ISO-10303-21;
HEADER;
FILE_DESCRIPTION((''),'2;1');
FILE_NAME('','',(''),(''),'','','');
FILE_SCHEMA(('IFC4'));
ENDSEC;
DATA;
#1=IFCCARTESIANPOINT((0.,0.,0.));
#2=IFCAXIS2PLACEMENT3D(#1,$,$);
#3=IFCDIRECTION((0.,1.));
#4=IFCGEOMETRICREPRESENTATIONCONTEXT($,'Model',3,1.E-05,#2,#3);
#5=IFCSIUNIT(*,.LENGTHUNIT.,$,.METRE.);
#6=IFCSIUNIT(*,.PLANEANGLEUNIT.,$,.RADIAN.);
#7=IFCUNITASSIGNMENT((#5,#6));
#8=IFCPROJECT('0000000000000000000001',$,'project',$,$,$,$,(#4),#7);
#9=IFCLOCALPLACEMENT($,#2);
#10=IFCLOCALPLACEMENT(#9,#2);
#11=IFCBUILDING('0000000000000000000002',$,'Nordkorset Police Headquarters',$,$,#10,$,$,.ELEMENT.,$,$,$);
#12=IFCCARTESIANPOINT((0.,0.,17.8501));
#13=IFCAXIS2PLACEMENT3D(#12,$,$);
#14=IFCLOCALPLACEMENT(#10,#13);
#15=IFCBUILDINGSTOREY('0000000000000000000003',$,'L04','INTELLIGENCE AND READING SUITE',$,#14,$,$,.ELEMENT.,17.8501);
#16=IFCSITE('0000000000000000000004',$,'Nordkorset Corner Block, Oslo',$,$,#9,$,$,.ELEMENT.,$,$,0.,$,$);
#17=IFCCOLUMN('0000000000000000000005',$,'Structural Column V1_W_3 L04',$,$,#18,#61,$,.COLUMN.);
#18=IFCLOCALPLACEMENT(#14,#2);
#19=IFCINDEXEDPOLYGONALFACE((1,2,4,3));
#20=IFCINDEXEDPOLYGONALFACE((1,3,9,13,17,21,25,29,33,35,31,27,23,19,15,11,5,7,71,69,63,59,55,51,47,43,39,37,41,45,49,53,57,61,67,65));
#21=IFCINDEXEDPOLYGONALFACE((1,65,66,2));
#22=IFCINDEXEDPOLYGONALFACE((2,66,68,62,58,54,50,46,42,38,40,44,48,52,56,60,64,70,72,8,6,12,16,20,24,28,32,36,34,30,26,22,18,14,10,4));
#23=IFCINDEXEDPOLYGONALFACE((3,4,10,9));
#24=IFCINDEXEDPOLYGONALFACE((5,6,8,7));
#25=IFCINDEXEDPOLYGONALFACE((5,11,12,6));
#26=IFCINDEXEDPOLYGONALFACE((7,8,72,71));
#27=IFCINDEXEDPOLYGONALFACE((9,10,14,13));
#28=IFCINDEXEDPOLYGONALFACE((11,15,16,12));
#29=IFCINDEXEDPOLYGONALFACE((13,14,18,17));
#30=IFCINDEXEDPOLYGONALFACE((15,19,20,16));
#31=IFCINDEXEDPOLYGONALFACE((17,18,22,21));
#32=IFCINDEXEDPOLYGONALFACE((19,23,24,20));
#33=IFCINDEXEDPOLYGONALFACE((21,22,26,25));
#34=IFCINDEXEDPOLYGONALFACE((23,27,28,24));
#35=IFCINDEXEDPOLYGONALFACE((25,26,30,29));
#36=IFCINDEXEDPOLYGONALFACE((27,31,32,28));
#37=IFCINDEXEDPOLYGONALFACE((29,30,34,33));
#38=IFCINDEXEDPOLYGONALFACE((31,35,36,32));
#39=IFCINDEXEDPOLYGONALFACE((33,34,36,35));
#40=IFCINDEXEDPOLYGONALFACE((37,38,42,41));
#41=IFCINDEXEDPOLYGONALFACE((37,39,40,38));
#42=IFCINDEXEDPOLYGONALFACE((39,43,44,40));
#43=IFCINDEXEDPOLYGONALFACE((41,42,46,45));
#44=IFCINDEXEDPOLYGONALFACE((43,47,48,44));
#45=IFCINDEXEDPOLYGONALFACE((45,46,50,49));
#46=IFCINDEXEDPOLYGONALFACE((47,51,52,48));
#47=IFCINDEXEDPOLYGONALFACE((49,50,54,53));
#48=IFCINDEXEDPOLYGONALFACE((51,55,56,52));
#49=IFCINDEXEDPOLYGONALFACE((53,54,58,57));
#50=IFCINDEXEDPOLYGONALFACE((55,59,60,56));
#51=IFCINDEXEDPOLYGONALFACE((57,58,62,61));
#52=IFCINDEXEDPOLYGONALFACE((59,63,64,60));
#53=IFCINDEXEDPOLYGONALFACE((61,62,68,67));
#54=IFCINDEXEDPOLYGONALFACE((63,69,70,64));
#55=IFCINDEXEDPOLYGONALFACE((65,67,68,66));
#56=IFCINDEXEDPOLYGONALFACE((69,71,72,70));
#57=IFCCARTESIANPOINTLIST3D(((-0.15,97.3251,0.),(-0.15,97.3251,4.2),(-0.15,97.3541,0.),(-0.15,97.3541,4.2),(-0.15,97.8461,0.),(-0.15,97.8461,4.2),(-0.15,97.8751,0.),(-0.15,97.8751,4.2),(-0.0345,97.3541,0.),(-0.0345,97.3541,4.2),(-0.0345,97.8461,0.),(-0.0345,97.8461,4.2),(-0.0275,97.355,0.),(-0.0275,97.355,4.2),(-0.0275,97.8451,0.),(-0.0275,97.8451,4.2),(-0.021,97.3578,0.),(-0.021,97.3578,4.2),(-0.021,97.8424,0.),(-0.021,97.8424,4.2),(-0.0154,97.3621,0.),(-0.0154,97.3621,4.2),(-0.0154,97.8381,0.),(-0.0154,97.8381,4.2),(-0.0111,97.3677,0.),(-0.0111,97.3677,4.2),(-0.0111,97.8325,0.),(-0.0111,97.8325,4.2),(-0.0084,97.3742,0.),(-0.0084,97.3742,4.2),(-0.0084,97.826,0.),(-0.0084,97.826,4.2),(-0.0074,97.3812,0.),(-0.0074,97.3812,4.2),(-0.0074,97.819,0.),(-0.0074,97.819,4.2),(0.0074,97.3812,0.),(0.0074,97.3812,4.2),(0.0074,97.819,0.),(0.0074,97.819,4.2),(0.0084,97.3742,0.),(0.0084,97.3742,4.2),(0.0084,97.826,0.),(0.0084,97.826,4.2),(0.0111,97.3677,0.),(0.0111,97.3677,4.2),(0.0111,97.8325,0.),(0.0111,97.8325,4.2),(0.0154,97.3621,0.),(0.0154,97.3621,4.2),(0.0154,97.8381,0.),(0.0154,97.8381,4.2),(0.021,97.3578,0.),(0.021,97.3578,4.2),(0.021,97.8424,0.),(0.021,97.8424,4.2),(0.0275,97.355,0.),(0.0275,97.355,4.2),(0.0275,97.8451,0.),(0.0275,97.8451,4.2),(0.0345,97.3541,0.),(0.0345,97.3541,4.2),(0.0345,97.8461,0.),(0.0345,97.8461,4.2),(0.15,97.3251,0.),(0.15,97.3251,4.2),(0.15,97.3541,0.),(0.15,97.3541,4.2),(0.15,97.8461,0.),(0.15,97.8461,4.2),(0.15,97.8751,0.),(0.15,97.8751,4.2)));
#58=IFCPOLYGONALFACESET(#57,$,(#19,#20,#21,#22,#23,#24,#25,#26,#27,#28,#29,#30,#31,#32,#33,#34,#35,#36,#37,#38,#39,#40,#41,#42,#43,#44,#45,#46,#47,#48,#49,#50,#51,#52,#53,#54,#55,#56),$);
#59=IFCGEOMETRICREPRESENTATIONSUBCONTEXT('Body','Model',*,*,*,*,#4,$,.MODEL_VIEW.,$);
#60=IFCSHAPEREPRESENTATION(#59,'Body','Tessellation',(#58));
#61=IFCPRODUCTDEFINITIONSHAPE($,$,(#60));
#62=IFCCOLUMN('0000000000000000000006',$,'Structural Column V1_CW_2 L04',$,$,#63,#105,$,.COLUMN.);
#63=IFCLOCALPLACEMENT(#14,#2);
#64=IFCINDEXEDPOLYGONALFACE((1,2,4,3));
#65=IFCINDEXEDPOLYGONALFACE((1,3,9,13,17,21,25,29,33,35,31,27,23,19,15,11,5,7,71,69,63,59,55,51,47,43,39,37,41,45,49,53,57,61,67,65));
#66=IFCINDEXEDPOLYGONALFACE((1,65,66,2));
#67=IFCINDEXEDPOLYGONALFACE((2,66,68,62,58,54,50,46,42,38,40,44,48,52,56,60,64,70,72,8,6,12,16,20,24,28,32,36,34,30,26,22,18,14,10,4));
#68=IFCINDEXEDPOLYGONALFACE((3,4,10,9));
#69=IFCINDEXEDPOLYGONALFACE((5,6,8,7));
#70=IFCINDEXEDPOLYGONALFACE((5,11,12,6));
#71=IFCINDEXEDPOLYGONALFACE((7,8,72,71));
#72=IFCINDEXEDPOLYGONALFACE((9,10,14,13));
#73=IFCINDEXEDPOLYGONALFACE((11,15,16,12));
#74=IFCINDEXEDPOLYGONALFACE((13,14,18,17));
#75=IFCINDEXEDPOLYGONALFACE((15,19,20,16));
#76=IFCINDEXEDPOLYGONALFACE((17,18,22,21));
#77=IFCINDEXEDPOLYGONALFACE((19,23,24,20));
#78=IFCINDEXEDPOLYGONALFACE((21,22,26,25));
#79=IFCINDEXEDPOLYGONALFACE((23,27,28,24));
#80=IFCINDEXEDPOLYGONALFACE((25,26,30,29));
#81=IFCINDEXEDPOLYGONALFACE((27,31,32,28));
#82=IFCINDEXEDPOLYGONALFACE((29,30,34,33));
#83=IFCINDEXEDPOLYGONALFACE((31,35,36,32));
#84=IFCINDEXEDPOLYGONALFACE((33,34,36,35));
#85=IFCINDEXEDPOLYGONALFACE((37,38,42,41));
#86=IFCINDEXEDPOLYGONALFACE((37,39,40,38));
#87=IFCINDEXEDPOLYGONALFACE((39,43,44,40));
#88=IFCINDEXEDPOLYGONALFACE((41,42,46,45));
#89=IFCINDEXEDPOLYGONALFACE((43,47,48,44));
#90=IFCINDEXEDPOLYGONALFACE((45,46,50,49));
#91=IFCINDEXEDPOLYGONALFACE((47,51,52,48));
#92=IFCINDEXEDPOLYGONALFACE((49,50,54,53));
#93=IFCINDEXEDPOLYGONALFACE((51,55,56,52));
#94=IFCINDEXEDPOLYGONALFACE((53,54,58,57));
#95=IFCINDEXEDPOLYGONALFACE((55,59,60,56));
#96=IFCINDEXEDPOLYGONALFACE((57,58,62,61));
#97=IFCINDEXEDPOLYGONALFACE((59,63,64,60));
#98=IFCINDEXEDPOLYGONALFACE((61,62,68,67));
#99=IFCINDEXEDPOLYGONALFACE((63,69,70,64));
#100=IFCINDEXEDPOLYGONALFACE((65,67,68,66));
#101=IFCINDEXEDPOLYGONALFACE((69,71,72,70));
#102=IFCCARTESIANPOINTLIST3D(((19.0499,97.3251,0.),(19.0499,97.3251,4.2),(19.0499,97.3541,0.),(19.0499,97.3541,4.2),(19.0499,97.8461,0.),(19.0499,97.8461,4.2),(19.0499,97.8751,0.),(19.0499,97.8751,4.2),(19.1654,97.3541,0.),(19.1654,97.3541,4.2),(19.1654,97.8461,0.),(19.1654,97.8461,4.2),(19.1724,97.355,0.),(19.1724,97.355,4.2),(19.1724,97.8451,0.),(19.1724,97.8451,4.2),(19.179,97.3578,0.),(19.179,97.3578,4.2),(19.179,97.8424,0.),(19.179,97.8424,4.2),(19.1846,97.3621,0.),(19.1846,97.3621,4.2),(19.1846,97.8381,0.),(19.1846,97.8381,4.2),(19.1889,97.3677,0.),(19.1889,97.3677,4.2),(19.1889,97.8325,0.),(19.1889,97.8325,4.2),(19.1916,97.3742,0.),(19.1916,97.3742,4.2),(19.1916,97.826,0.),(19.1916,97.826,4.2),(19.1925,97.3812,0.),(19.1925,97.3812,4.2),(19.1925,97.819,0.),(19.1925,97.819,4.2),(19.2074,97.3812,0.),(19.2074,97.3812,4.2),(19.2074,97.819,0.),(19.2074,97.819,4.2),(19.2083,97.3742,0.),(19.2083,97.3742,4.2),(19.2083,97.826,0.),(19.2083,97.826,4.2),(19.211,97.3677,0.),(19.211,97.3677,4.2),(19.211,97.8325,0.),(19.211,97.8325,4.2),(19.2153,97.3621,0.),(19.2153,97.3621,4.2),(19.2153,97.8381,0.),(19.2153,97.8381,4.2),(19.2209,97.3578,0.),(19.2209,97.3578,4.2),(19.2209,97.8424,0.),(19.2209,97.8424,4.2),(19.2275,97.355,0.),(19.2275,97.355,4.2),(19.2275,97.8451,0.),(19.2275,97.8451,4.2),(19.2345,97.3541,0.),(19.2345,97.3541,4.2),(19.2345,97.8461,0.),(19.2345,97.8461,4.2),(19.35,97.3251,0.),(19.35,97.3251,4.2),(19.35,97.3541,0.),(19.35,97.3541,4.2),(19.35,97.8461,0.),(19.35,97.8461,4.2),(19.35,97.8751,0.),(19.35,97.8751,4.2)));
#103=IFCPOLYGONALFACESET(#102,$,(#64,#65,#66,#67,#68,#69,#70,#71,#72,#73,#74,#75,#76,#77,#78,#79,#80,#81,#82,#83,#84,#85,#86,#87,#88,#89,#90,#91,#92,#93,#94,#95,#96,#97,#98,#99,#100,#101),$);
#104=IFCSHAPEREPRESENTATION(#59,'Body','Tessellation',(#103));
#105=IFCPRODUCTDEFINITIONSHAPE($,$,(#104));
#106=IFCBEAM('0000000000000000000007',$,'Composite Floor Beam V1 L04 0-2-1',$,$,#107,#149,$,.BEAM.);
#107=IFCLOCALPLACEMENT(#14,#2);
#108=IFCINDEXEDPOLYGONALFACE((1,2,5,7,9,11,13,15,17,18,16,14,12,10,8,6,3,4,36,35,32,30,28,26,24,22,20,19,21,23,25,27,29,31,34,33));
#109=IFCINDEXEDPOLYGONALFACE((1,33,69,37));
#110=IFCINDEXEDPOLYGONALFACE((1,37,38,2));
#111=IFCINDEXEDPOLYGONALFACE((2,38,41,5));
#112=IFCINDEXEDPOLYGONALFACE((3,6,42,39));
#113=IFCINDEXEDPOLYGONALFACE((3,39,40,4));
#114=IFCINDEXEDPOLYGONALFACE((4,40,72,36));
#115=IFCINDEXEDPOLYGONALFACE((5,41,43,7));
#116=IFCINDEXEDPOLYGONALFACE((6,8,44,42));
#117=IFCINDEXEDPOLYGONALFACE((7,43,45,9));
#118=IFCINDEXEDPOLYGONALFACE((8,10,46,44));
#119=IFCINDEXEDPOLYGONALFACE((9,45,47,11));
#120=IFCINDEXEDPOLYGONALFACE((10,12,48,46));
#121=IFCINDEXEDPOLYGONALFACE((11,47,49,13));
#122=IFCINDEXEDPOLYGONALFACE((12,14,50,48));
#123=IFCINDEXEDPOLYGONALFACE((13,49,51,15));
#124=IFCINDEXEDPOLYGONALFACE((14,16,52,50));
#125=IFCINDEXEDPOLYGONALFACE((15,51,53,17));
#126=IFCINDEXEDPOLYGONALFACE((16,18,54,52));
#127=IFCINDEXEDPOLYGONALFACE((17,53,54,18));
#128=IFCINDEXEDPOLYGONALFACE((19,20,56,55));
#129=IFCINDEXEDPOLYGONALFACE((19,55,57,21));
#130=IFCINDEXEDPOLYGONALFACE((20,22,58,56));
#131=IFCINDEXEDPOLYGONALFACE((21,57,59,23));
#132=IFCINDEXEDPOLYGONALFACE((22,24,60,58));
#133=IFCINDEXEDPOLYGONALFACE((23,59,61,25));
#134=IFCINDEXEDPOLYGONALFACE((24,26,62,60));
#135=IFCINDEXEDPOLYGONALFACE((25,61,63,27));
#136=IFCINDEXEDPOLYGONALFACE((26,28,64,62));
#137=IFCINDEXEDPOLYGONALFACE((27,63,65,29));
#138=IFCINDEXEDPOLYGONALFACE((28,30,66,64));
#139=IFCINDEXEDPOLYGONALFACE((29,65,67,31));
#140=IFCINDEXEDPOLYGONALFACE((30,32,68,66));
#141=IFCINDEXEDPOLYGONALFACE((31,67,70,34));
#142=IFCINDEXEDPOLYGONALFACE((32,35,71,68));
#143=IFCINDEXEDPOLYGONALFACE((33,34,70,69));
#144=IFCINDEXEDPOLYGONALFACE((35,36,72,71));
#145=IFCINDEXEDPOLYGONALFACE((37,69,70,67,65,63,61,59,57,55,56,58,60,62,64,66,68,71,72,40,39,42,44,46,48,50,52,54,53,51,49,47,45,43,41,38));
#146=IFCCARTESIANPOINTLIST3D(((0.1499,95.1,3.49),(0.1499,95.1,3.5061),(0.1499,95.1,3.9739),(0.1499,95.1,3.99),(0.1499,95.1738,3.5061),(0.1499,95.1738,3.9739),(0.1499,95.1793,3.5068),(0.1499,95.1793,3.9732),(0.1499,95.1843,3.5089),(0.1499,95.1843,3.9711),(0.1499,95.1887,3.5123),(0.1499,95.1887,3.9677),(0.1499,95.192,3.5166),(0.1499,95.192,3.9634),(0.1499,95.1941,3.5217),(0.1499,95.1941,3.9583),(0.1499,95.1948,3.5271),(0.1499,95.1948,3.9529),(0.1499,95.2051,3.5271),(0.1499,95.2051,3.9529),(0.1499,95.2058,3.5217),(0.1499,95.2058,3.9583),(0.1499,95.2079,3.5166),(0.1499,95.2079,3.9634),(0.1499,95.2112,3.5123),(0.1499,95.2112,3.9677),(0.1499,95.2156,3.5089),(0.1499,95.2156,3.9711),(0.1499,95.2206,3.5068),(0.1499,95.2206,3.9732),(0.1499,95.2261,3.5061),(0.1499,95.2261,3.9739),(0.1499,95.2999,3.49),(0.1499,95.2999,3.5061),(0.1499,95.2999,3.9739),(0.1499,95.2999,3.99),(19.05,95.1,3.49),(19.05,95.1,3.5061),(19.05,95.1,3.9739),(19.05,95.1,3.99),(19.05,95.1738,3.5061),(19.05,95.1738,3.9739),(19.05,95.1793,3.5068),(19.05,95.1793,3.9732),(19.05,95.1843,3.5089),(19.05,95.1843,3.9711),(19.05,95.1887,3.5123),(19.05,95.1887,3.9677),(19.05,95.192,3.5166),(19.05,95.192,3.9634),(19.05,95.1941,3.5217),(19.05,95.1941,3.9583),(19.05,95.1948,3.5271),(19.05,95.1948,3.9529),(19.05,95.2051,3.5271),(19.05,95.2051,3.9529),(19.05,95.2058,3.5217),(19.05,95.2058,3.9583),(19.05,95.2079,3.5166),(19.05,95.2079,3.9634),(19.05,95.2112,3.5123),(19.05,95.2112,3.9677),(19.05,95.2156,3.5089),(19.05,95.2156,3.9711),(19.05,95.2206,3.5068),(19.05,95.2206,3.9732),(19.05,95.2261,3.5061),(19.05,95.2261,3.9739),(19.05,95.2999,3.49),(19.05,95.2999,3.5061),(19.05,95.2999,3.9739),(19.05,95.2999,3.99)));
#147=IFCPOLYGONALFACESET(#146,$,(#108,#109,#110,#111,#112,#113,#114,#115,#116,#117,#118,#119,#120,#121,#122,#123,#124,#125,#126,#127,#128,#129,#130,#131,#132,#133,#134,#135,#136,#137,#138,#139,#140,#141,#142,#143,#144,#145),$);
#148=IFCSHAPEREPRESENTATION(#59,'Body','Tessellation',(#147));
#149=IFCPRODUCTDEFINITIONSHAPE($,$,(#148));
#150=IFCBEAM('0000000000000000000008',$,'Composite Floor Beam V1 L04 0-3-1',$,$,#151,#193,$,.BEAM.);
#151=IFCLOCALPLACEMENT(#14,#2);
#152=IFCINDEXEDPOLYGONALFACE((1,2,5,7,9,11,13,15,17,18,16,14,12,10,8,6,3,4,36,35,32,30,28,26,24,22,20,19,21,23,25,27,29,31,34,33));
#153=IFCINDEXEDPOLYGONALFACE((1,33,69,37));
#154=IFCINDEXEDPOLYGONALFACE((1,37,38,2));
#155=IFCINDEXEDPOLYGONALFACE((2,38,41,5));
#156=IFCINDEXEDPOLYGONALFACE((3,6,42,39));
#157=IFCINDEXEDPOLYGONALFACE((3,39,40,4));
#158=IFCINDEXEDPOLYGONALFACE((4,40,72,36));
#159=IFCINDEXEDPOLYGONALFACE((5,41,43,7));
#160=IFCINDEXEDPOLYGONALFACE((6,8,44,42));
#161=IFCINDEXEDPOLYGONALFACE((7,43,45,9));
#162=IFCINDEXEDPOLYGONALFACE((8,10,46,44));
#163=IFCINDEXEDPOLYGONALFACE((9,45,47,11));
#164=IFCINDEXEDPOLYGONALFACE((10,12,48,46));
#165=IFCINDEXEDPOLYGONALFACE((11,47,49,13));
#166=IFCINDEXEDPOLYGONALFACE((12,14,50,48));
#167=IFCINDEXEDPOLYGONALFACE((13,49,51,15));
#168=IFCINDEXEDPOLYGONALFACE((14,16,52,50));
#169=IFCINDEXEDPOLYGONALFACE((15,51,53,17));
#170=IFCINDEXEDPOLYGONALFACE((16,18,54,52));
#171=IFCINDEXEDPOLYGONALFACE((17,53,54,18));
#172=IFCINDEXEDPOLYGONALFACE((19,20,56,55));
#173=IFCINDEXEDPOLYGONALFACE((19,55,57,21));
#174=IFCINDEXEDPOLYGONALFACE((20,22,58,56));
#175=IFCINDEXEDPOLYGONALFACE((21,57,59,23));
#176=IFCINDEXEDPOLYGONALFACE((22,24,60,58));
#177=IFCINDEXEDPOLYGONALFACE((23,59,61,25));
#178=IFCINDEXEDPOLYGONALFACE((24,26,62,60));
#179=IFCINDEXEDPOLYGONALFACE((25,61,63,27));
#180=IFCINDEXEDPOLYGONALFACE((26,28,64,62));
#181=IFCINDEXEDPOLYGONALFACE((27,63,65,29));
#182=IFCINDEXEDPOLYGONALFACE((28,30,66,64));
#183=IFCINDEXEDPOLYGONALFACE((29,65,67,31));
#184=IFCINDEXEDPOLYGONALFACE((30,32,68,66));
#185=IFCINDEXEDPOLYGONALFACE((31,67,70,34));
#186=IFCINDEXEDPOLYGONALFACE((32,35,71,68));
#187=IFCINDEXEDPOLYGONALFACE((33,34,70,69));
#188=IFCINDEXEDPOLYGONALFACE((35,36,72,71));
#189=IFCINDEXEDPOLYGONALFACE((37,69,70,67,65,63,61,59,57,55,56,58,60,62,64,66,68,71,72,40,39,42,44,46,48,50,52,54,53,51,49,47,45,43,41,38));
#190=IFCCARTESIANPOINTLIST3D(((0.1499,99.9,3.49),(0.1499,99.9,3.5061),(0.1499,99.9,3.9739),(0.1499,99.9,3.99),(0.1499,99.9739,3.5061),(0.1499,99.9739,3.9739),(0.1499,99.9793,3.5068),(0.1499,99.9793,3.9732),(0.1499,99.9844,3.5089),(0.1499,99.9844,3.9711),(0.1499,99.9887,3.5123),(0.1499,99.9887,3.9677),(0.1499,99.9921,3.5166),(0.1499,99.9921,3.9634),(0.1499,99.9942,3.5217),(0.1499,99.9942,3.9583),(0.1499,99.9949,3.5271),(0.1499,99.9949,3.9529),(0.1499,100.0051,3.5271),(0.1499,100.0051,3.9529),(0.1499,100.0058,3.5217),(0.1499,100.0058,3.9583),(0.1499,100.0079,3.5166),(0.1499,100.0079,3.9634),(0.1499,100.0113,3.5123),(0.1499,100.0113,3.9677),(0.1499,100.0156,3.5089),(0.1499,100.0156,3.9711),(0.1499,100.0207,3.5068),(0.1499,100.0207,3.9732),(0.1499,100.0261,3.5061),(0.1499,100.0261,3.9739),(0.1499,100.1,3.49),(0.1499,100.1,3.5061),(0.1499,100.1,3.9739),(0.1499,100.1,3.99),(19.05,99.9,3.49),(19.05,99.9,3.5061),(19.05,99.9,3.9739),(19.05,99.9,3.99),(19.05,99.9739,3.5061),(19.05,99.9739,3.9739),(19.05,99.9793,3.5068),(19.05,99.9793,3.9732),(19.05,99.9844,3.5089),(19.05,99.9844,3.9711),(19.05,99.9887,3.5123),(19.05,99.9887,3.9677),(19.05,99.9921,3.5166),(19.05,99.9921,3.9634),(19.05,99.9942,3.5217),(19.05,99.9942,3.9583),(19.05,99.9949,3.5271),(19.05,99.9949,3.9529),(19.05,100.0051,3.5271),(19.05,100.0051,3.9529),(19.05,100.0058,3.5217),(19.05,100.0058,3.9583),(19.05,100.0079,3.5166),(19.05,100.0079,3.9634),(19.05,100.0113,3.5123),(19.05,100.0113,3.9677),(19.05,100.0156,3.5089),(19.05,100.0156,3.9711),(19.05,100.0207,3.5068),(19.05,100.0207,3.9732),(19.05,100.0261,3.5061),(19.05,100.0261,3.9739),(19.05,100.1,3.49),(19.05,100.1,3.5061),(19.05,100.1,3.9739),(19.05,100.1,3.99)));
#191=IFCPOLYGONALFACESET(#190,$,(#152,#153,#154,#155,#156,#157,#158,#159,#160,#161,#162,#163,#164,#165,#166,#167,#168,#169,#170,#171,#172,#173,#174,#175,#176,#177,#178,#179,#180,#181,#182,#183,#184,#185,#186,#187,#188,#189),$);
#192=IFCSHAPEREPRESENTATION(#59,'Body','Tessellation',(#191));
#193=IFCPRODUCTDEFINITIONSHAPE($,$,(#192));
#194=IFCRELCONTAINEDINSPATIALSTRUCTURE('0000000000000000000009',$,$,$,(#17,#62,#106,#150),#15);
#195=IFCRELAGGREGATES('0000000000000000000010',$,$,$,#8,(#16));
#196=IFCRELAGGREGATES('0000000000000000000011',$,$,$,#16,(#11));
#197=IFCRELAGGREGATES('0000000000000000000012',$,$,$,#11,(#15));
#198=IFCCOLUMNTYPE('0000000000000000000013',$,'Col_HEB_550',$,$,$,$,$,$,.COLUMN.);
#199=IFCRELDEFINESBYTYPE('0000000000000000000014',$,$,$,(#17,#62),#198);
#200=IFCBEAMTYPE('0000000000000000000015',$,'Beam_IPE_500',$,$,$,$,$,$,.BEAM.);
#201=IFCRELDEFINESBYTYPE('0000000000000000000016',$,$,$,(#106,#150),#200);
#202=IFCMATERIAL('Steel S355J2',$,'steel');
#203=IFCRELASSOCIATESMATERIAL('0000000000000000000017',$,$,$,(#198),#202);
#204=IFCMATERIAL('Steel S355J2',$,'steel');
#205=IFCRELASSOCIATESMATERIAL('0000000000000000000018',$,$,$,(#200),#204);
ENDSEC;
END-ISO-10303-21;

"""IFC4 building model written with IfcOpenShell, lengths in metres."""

from ifc_helpers import new_model, si_unit, direction, frame, origin, origin_2d, place, context, subcontext, project, spatial, i_section, extrude, material, material_profile, profile_set, type_object, element, save


model = new_model("IFC4")

# Units and contexts
model_context = context("Model", 3, precision=1e-05, world=origin(), true_north=direction((0.0, 1.0)))
body_context = subcontext(model_context, "Body", "Model", "MODEL_VIEW")
ifc_project = project(units=[si_unit("LENGTHUNIT", "METRE"), si_unit("PLANEANGLEUNIT", "RADIAN")], contexts=[model_context])

# Site, building, storey
site_placement = place(None, origin())
site = spatial("IfcSite", under=ifc_project, at=site_placement, Name="Nordkorset Corner Block, Oslo", CompositionType="ELEMENT", RefElevation=0.0)
building_placement = place(site_placement, origin())
building = spatial("IfcBuilding", under=site, at=building_placement, Name="Nordkorset Police Headquarters", CompositionType="ELEMENT")
storey_placement = place(building_placement, frame((0.0, 0.0, 17.8501)))
storey = spatial("IfcBuildingStorey", under=building, at=storey_placement, Name="L04", Description="INTELLIGENCE AND READING SUITE", CompositionType="ELEMENT", Elevation=17.8501)

# Columns
ifc_material_1 = material(Name="Steel S355J2", Category="steel")
ifc_material_profile_1 = material_profile(ifc_material_1, i_section(OverallWidth=0.3, OverallDepth=0.55, WebThickness=0.0149, FlangeThickness=0.0291, FilletRadius=0.0271, at=origin_2d()), Name="HEB 550")
ifc_profile_set_1 = profile_set([ifc_material_profile_1], Name="Steel S355J2")
column_type = type_object("IfcColumnType", Name="Col_HEB_550", PredefinedType="COLUMN", material=ifc_profile_set_1)
for number, where, z_axis, x_axis, name in (
    (1, (0.0, 97.6001, 0.0), (0.0, 0.0, 1.0), (1.0, 0.0, 0.0), "Structural Column V1_W_3 L04"),
    (2, (19.2, 97.6001, 0.0), (0.0, 0.0, 1.0), (1.0, 0.0, 0.0), "Structural Column V1_CW_2 L04"),
):
    element("IfcColumn", number, at=place(storey_placement, frame(where, z_axis=z_axis, x_axis=x_axis)), inside=storey, type_object=column_type, Name=name, PredefinedType="COLUMN", context=body_context, shape_type="SweptSolid", body=[
        extrude(i_section(OverallWidth=0.3, OverallDepth=0.55, WebThickness=0.0149, FlangeThickness=0.0291, FilletRadius=0.0271, at=origin_2d()), origin(), (0.0, 0.0, 1.0), 4.2),
    ])

# Beams
ifc_material_2 = material(Name="Steel S355J2", Category="steel")
ifc_material_profile_2 = material_profile(ifc_material_2, i_section(OverallWidth=0.2, OverallDepth=0.5, WebThickness=0.0103, FlangeThickness=0.0161, FilletRadius=0.021, at=origin_2d()), Name="IPE 500")
ifc_profile_set_2 = profile_set([ifc_material_profile_2], Name="Steel S355J2")
beam_type_1 = type_object("IfcBeamType", Name="Beam_IPE_500", PredefinedType="BEAM", material=ifc_profile_set_2)
for number, where, z_axis, x_axis, name in (
    (3, (0.1499, 95.2, 3.74), (1.0, 0.0, 0.0), (0.0, 1.0, 0.0), "Composite Floor Beam V1 L04 0-2-1"),
    (4, (0.1499, 100.0, 3.74), (1.0, 0.0, 0.0), (0.0, 1.0, 0.0), "Composite Floor Beam V1 L04 0-3-1"),
):
    element("IfcBeam", number, at=place(storey_placement, frame(where, z_axis=z_axis, x_axis=x_axis)), inside=storey, type_object=beam_type_1, Name=name, PredefinedType="BEAM", context=body_context, shape_type="SweptSolid", body=[
        extrude(i_section(OverallWidth=0.2, OverallDepth=0.5, WebThickness=0.0103, FlangeThickness=0.0161, FilletRadius=0.021, at=origin_2d()), origin(), (0.0, 0.0, 1.0), 18.9001),
    ])

save(model, "model.ifc")
